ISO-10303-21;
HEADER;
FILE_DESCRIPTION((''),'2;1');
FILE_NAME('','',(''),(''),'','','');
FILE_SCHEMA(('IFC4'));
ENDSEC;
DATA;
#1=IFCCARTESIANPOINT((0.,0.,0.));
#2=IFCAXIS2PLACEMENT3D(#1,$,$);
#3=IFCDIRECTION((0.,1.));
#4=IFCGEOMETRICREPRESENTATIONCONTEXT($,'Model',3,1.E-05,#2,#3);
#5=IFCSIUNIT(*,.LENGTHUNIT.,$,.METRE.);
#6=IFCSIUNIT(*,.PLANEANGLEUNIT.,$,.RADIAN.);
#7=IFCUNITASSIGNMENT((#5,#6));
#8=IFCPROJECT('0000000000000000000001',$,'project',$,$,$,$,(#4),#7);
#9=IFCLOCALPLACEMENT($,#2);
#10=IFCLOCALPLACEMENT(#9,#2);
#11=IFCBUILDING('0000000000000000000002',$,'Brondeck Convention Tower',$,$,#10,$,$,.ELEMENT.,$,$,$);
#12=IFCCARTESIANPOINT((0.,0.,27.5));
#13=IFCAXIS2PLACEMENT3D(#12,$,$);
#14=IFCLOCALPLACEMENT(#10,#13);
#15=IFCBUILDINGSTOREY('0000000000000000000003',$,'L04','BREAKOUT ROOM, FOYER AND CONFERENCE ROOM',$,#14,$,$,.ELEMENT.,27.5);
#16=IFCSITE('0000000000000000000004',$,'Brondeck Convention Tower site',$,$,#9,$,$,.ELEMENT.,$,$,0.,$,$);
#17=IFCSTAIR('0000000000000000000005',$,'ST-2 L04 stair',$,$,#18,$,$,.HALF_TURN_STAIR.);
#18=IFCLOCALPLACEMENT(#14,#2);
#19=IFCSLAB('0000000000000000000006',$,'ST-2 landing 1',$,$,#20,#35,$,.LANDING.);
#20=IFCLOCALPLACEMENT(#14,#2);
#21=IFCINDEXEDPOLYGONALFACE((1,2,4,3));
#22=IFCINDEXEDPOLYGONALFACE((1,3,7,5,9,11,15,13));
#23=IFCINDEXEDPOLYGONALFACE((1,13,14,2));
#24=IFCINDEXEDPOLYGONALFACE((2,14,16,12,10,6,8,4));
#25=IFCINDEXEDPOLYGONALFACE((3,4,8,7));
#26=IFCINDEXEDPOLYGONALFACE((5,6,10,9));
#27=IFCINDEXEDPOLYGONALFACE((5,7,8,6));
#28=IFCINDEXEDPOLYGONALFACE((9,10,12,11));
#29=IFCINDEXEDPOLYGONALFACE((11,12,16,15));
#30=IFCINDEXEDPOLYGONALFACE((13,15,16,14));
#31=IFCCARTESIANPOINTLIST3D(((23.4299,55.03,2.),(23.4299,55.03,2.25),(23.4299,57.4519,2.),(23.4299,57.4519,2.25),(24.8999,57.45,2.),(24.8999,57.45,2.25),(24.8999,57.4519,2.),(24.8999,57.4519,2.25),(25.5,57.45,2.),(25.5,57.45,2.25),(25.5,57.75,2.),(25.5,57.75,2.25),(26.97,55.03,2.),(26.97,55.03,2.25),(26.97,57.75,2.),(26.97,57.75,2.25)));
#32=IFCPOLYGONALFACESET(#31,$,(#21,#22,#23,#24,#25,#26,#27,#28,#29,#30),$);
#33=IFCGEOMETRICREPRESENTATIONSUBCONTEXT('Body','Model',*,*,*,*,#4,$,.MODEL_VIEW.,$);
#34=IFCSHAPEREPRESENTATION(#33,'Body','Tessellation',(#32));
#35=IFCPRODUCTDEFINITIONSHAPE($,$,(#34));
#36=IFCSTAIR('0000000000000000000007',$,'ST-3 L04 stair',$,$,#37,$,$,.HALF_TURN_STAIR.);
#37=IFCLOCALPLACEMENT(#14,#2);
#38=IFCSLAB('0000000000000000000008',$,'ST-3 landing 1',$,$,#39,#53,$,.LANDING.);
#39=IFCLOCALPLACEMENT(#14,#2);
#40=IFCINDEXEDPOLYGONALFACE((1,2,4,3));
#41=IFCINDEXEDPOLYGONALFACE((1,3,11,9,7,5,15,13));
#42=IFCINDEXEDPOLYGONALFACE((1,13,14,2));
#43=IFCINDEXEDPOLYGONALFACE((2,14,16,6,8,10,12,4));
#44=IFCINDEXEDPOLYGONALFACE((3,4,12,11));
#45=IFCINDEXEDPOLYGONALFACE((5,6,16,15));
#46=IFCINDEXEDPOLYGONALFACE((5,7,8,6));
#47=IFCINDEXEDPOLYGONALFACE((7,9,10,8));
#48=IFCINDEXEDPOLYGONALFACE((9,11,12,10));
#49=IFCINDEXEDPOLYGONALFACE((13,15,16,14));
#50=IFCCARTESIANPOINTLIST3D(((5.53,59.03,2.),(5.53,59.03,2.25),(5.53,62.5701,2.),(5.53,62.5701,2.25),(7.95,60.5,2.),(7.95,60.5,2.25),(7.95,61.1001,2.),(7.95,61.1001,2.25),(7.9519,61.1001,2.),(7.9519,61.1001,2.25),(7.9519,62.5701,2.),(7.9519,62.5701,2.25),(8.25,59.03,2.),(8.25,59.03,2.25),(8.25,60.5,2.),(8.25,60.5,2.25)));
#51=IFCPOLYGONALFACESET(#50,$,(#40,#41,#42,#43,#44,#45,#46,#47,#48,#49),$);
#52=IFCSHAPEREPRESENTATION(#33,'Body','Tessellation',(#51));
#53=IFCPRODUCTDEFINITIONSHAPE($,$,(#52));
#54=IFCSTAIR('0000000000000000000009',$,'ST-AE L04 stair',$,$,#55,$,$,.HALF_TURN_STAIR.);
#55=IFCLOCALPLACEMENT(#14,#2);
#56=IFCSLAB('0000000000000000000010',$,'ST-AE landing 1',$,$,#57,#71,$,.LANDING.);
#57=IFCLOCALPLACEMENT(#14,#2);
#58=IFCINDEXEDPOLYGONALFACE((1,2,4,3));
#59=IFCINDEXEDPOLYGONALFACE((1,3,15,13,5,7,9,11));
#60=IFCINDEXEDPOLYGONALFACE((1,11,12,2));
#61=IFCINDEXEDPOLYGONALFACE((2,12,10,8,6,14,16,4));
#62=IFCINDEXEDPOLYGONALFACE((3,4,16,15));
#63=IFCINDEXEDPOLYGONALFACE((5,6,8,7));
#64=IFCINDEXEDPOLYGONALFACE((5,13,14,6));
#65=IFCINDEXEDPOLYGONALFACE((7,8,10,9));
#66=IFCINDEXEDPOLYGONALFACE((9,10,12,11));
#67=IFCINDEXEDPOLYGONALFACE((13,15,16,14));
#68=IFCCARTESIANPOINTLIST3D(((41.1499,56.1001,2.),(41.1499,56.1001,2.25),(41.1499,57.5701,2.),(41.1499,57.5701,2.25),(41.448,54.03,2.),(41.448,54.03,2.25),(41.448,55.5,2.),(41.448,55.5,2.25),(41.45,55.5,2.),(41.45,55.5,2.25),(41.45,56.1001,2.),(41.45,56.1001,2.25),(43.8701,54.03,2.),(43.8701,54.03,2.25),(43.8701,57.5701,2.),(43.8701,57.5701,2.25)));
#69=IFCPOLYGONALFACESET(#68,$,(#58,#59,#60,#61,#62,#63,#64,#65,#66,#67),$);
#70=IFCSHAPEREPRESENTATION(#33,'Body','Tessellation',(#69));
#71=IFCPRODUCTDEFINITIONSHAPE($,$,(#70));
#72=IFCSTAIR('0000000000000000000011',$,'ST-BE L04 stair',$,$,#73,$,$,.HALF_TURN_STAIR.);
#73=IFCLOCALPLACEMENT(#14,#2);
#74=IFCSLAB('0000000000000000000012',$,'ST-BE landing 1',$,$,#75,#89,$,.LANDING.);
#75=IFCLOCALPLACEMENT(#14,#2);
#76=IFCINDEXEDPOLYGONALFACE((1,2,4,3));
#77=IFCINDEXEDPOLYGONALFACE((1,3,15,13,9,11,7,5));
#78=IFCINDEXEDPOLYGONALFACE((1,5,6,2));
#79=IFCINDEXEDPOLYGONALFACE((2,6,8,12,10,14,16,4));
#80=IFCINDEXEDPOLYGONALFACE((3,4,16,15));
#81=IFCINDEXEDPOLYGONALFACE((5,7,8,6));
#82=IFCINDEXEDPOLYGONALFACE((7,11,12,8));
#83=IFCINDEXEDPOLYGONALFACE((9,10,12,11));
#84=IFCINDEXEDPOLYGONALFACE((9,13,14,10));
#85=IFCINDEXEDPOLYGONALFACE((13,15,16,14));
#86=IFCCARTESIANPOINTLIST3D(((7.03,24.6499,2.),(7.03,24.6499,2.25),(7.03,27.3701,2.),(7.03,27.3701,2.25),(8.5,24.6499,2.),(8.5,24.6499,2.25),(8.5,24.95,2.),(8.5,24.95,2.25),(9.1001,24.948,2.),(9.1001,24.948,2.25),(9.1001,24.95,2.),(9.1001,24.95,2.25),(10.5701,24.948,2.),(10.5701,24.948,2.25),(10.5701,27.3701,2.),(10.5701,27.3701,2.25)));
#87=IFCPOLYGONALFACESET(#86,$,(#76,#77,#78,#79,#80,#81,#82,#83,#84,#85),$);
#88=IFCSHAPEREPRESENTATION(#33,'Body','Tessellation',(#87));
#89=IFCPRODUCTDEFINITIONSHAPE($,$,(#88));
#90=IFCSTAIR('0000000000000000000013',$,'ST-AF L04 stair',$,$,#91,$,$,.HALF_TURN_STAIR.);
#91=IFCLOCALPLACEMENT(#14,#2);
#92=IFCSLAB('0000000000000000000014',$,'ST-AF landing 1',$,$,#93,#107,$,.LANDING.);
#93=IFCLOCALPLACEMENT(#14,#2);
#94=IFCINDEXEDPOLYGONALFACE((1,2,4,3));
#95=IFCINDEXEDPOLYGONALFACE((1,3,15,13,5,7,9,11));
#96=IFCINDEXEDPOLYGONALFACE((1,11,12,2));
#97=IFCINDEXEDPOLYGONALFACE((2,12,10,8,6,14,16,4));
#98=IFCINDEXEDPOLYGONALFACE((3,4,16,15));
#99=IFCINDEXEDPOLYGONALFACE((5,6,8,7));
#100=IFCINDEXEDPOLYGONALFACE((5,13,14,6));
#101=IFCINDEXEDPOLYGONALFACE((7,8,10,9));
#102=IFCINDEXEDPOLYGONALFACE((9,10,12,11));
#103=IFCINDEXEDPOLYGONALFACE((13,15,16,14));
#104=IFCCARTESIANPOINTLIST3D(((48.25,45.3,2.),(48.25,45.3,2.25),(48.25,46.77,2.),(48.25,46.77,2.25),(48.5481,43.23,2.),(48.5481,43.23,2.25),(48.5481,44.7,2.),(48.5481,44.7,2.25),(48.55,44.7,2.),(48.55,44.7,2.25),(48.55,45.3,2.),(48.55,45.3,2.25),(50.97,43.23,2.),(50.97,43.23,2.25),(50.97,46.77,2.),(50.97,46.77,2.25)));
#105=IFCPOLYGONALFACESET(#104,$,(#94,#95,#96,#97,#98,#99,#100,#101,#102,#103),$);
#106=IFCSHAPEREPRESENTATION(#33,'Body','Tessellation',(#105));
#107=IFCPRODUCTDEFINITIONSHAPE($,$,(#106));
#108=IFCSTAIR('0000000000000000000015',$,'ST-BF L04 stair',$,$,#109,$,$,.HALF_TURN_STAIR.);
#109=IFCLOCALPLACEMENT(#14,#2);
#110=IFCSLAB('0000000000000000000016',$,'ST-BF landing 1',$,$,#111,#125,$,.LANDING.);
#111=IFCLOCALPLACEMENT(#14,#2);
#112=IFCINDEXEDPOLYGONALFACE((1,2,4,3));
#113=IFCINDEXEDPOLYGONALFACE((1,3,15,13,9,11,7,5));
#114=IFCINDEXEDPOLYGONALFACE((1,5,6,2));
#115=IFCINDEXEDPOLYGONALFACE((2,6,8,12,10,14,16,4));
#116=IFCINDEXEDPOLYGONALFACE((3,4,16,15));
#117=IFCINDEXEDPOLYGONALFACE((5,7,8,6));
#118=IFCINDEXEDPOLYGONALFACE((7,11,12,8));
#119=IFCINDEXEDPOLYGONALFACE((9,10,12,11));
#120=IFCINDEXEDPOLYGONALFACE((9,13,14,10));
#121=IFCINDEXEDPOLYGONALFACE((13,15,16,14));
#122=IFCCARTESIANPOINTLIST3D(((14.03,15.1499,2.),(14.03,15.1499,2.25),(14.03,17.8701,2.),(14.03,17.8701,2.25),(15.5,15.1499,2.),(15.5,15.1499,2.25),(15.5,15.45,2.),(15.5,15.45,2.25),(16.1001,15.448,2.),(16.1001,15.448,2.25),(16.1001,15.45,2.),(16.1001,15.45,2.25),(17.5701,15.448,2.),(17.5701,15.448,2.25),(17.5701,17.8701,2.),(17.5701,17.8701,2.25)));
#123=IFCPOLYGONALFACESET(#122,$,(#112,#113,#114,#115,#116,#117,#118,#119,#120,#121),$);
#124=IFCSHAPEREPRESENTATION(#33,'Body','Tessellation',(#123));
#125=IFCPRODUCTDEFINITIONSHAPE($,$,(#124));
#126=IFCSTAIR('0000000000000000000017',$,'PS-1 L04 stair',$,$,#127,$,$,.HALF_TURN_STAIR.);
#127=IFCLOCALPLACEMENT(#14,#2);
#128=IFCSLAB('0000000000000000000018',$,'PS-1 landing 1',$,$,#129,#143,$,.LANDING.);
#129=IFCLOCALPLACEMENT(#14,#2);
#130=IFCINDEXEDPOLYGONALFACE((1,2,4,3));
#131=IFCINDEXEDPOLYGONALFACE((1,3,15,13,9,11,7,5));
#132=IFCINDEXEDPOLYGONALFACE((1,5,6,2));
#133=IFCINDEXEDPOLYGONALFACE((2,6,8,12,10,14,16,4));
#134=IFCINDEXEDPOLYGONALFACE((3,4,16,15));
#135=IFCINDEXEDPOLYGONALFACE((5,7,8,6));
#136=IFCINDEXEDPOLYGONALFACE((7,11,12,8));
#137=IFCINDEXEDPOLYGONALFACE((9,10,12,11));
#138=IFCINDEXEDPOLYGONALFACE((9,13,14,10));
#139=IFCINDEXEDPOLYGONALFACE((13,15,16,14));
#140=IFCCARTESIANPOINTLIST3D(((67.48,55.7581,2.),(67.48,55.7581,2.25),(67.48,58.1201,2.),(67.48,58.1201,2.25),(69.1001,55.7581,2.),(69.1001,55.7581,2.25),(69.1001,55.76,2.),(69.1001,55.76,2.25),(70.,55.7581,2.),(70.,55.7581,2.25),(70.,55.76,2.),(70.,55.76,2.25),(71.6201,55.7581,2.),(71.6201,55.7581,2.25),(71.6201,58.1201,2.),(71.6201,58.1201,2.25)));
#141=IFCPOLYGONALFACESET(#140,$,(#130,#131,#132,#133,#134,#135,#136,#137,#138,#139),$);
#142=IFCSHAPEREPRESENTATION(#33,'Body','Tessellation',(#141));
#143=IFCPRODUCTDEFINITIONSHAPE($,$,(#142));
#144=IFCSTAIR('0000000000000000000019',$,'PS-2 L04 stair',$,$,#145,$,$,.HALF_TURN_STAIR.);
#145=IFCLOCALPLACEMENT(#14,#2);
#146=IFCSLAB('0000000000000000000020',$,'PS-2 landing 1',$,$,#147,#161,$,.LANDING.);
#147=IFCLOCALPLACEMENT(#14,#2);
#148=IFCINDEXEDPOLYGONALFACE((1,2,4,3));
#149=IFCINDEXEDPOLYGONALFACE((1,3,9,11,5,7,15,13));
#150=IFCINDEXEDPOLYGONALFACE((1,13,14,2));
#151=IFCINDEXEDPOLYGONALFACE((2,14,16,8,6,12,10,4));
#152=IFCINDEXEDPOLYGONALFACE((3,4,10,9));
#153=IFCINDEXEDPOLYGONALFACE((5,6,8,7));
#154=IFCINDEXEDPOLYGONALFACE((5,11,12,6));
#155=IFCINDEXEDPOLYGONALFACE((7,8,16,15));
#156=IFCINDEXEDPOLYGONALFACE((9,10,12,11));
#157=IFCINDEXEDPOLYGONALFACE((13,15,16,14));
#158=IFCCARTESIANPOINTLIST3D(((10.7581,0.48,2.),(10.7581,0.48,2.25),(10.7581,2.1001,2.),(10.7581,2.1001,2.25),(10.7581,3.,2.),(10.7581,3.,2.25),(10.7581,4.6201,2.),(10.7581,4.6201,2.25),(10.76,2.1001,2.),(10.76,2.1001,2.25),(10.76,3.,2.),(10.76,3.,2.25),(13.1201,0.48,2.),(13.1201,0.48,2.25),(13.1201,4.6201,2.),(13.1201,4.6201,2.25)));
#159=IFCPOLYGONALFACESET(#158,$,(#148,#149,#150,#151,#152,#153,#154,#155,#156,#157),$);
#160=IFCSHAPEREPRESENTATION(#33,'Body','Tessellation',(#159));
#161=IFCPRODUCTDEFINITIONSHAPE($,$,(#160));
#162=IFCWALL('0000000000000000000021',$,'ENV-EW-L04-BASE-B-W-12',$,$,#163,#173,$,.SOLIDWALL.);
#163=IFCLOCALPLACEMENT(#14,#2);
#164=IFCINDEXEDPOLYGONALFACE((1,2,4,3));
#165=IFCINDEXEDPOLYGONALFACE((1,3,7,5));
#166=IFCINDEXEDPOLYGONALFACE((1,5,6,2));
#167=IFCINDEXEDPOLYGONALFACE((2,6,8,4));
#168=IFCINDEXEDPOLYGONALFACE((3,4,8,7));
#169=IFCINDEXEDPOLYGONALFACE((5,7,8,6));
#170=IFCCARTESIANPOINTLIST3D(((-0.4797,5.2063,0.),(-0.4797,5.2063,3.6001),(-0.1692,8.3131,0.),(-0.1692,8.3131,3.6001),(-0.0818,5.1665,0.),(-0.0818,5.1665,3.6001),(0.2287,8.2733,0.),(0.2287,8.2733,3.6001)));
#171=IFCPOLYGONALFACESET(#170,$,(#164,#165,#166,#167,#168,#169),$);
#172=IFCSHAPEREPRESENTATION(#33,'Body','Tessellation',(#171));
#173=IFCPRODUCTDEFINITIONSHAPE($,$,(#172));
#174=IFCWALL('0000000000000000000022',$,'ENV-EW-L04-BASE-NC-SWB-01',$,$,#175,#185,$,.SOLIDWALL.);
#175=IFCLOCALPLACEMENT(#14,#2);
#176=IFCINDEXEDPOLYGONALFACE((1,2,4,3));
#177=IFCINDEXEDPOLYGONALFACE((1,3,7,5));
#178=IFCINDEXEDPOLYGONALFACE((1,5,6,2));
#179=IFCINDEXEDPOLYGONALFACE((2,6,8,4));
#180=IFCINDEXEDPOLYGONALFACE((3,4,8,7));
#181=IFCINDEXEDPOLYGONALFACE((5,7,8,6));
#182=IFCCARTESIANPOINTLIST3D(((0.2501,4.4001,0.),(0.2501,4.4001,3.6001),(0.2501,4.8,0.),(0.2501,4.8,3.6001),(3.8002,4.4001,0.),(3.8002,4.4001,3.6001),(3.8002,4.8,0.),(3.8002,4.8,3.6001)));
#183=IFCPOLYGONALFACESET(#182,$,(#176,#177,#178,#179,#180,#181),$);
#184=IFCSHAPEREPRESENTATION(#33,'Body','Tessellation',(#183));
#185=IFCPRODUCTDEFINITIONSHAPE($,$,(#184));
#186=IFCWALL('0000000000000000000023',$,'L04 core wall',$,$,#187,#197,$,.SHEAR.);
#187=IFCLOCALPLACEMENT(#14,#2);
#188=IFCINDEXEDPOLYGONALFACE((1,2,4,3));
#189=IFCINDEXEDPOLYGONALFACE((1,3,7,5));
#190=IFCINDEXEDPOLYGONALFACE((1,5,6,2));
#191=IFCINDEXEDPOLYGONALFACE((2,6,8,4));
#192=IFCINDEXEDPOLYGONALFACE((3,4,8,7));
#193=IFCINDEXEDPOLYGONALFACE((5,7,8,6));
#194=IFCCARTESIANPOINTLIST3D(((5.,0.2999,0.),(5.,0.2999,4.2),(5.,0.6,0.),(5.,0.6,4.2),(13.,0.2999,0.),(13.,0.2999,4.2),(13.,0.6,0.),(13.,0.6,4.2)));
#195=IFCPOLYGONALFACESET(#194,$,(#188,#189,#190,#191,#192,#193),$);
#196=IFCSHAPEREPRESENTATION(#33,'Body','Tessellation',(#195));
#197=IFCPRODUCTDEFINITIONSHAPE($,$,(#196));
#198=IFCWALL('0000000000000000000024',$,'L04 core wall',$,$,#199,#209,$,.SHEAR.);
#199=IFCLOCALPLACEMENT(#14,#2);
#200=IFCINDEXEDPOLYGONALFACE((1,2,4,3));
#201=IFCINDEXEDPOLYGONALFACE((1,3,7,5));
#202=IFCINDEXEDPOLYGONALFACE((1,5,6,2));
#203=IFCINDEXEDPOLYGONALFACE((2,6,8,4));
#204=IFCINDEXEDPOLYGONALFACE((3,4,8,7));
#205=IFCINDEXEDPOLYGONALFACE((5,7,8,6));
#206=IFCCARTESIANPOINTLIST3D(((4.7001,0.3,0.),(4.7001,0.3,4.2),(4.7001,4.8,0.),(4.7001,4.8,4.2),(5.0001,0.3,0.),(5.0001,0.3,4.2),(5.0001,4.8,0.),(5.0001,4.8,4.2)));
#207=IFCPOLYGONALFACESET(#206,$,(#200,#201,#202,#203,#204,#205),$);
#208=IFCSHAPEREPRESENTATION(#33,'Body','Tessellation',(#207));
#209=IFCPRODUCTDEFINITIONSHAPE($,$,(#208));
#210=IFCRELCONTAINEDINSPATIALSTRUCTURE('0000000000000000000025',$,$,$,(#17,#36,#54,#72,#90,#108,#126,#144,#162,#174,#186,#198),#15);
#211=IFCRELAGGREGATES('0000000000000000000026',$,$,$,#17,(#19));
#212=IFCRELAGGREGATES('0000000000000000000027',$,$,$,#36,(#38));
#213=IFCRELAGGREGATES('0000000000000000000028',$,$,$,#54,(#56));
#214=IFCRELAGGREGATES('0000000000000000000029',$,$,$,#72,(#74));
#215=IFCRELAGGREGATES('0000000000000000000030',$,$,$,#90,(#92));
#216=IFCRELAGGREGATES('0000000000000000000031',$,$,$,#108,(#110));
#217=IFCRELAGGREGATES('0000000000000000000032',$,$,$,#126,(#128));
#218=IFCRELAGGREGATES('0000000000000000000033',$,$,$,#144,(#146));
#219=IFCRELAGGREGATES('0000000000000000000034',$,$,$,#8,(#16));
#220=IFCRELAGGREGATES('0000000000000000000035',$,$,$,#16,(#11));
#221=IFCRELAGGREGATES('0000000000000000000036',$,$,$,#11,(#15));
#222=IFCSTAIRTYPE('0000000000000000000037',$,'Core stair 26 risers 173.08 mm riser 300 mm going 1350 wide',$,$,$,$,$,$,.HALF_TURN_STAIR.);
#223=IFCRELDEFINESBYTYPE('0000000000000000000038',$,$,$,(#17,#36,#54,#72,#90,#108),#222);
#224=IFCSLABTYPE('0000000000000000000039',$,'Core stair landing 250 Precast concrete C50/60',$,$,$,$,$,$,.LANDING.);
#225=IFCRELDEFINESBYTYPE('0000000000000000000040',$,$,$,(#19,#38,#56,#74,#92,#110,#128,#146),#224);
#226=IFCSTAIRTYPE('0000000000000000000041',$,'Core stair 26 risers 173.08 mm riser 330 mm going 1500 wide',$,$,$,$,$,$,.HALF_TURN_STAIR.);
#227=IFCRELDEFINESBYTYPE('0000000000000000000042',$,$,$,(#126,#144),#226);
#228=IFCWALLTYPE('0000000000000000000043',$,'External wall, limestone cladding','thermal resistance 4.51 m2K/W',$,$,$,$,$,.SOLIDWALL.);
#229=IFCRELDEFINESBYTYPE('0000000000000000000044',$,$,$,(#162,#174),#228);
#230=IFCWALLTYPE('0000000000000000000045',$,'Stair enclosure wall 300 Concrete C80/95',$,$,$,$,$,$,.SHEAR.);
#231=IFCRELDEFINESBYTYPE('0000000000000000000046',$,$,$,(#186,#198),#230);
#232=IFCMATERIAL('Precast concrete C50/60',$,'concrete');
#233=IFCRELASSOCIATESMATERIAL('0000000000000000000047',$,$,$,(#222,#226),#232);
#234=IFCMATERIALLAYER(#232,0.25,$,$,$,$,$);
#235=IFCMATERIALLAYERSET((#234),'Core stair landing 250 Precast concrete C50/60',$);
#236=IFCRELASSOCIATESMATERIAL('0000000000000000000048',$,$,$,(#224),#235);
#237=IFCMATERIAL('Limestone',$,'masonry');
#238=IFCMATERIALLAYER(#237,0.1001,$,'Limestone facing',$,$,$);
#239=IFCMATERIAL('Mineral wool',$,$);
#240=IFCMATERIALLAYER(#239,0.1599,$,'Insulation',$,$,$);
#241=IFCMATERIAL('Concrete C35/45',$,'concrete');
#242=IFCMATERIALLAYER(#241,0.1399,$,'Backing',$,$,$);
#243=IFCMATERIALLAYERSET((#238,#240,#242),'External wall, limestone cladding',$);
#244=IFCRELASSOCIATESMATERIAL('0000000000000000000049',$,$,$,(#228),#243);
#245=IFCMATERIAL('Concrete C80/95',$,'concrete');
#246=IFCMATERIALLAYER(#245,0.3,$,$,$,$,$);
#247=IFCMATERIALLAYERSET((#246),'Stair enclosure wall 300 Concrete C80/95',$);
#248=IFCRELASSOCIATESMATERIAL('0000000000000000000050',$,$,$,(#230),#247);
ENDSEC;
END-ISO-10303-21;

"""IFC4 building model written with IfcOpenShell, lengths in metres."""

from ifc_helpers import new_model, si_unit, direction, frame, frame_2d, origin, place, context, subcontext, project, spatial, polyline, rectangle, outline, extrude, material, layer, layer_set, type_object, element, aggregate, save


model = new_model("IFC4")

# Units and contexts
model_context = context("Model", 3, precision=1e-05, world=origin(), true_north=direction((0.0, 1.0)))
body_context = subcontext(model_context, "Body", "Model", "MODEL_VIEW")
ifc_project = project(units=[si_unit("LENGTHUNIT", "METRE"), si_unit("PLANEANGLEUNIT", "RADIAN")], contexts=[model_context])

# Site, building, storey
site_placement = place(None, origin())
site = spatial("IfcSite", under=ifc_project, at=site_placement, Name="Brondeck Convention Tower site", CompositionType="ELEMENT", RefElevation=0.0)
building_placement = place(site_placement, origin())
building = spatial("IfcBuilding", under=site, at=building_placement, Name="Brondeck Convention Tower", CompositionType="ELEMENT")
storey_placement = place(building_placement, frame((0.0, 0.0, 27.5)))
storey = spatial("IfcBuildingStorey", under=building, at=storey_placement, Name="L04", Description="BREAKOUT ROOM, FOYER AND CONFERENCE ROOM", CompositionType="ELEMENT", Elevation=27.5)

# Shared definitions
ifc_material_1 = material(Name="Concrete C80/95", Category="concrete")

# Shared definitions
ifc_material_2 = material(Name="Concrete C35/45", Category="concrete")

# Stairs, slabs
ifc_material_3 = material(Name="Precast concrete C50/60", Category="concrete")
stair_type_1 = type_object("IfcStairType", Name="Core stair 26 risers 173.08 mm riser 300 mm going 1350 wide", PredefinedType="HALF_TURN_STAIR", material=ifc_material_3)
ifc_layer_1 = layer(ifc_material_3, 0.25)
ifc_layer_set_1 = layer_set([ifc_layer_1], Name="Core stair landing 250 Precast concrete C50/60")
slab_type_1 = type_object("IfcSlabType", Name="Core stair landing 250 Precast concrete C50/60", PredefinedType="LANDING", material=ifc_layer_set_1)
stair_1_placement = place(storey_placement, origin())
stair_1 = element("IfcStair", 1, at=stair_1_placement, inside=storey, type_object=stair_type_1, Name="ST-2 L04 stair", PredefinedType="HALF_TURN_STAIR")
slab_1_placement = place(storey_placement, frame((0.0, 0.0, 2.0)))
slab_1 = element("IfcSlab", 2, at=slab_1_placement, type_object=slab_type_1, Name="ST-2 landing 1", PredefinedType="LANDING", context=body_context, shape_type="SweptSolid", body=[
    extrude(outline(polyline([(23.4299, 57.4519), (24.8999, 57.4519), (24.8999, 57.45), (25.5, 57.45), (25.5, 57.75), (26.97, 57.75), (26.97, 55.03), (23.4299, 55.03), (23.4299, 57.4519)])), origin(), (0.0, 0.0, 1.0), 0.25),
])
aggregate(stair_1, [slab_1])
stair_2_placement = place(storey_placement, origin())
stair_2 = element("IfcStair", 3, at=stair_2_placement, inside=storey, type_object=stair_type_1, Name="ST-3 L04 stair", PredefinedType="HALF_TURN_STAIR")
slab_2_placement = place(storey_placement, frame((0.0, 0.0, 2.0)))
slab_2 = element("IfcSlab", 4, at=slab_2_placement, type_object=slab_type_1, Name="ST-3 landing 1", PredefinedType="LANDING", context=body_context, shape_type="SweptSolid", body=[
    extrude(outline(polyline([(8.25, 60.5), (8.25, 59.03), (5.53, 59.03), (5.53, 62.5701), (7.9519, 62.5701), (7.9519, 61.1001), (7.95, 61.1001), (7.95, 60.5), (8.25, 60.5)])), origin(), (0.0, 0.0, 1.0), 0.25),
])
aggregate(stair_2, [slab_2])
stair_3_placement = place(storey_placement, origin())
stair_3 = element("IfcStair", 5, at=stair_3_placement, inside=storey, type_object=stair_type_1, Name="ST-AE L04 stair", PredefinedType="HALF_TURN_STAIR")
slab_3_placement = place(storey_placement, frame((0.0, 0.0, 2.0)))
slab_3 = element("IfcSlab", 6, at=slab_3_placement, type_object=slab_type_1, Name="ST-AE landing 1", PredefinedType="LANDING", context=body_context, shape_type="SweptSolid", body=[
    extrude(outline(polyline([(41.448, 55.5), (41.45, 55.5), (41.45, 56.1001), (41.1499, 56.1001), (41.1499, 57.5701), (43.8701, 57.5701), (43.8701, 54.03), (41.448, 54.03), (41.448, 55.5)])), origin(), (0.0, 0.0, 1.0), 0.25),
])
aggregate(stair_3, [slab_3])
stair_4_placement = place(storey_placement, origin())
stair_4 = element("IfcStair", 7, at=stair_4_placement, inside=storey, type_object=stair_type_1, Name="ST-BE L04 stair", PredefinedType="HALF_TURN_STAIR")
slab_4_placement = place(storey_placement, frame((0.0, 0.0, 2.0)))
slab_4 = element("IfcSlab", 8, at=slab_4_placement, type_object=slab_type_1, Name="ST-BE landing 1", PredefinedType="LANDING", context=body_context, shape_type="SweptSolid", body=[
    extrude(outline(polyline([(7.03, 24.6499), (7.03, 27.3701), (10.5701, 27.3701), (10.5701, 24.948), (9.1001, 24.948), (9.1001, 24.95), (8.5, 24.95), (8.5, 24.6499), (7.03, 24.6499)])), origin(), (0.0, 0.0, 1.0), 0.25),
])
aggregate(stair_4, [slab_4])
stair_5_placement = place(storey_placement, origin())
stair_5 = element("IfcStair", 9, at=stair_5_placement, inside=storey, type_object=stair_type_1, Name="ST-AF L04 stair", PredefinedType="HALF_TURN_STAIR")
slab_5_placement = place(storey_placement, frame((0.0, 0.0, 2.0)))
slab_5 = element("IfcSlab", 10, at=slab_5_placement, type_object=slab_type_1, Name="ST-AF landing 1", PredefinedType="LANDING", context=body_context, shape_type="SweptSolid", body=[
    extrude(outline(polyline([(48.5481, 44.7), (48.55, 44.7), (48.55, 45.3), (48.25, 45.3), (48.25, 46.77), (50.97, 46.77), (50.97, 43.23), (48.5481, 43.23), (48.5481, 44.7)])), origin(), (0.0, 0.0, 1.0), 0.25),
])
aggregate(stair_5, [slab_5])
stair_6_placement = place(storey_placement, origin())
stair_6 = element("IfcStair", 11, at=stair_6_placement, inside=storey, type_object=stair_type_1, Name="ST-BF L04 stair", PredefinedType="HALF_TURN_STAIR")
slab_6_placement = place(storey_placement, frame((0.0, 0.0, 2.0)))
slab_6 = element("IfcSlab", 12, at=slab_6_placement, type_object=slab_type_1, Name="ST-BF landing 1", PredefinedType="LANDING", context=body_context, shape_type="SweptSolid", body=[
    extrude(outline(polyline([(14.03, 15.1499), (14.03, 17.8701), (17.5701, 17.8701), (17.5701, 15.448), (16.1001, 15.448), (16.1001, 15.45), (15.5, 15.45), (15.5, 15.1499), (14.03, 15.1499)])), origin(), (0.0, 0.0, 1.0), 0.25),
])
aggregate(stair_6, [slab_6])
stair_type_2 = type_object("IfcStairType", Name="Core stair 26 risers 173.08 mm riser 330 mm going 1500 wide", PredefinedType="HALF_TURN_STAIR", material=ifc_material_3)
stair_7_placement = place(storey_placement, origin())
stair_7 = element("IfcStair", 13, at=stair_7_placement, inside=storey, type_object=stair_type_2, Name="PS-1 L04 stair", PredefinedType="HALF_TURN_STAIR")
slab_7_placement = place(storey_placement, frame((0.0, 0.0, 2.0)))
slab_7 = element("IfcSlab", 14, at=slab_7_placement, type_object=slab_type_1, Name="PS-1 landing 1", PredefinedType="LANDING", context=body_context, shape_type="SweptSolid", body=[
    extrude(outline(polyline([(69.1001, 55.7581), (67.48, 55.7581), (67.48, 58.1201), (71.6201, 58.1201), (71.6201, 55.7581), (70.0, 55.7581), (70.0, 55.76), (69.1001, 55.76), (69.1001, 55.7581)])), origin(), (0.0, 0.0, 1.0), 0.25),
])
aggregate(stair_7, [slab_7])
stair_8_placement = place(storey_placement, origin())
stair_8 = element("IfcStair", 15, at=stair_8_placement, inside=storey, type_object=stair_type_2, Name="PS-2 L04 stair", PredefinedType="HALF_TURN_STAIR")
slab_8_placement = place(storey_placement, frame((0.0, 0.0, 2.0)))
slab_8 = element("IfcSlab", 16, at=slab_8_placement, type_object=slab_type_1, Name="PS-2 landing 1", PredefinedType="LANDING", context=body_context, shape_type="SweptSolid", body=[
    extrude(outline(polyline([(10.7581, 0.48), (10.7581, 2.1001), (10.76, 2.1001), (10.76, 3.0), (10.7581, 3.0), (10.7581, 4.6201), (13.1201, 4.6201), (13.1201, 0.48), (10.7581, 0.48)])), origin(), (0.0, 0.0, 1.0), 0.25),
])
aggregate(stair_8, [slab_8])

# Walls
ifc_material_4 = material(Name="Limestone", Category="masonry")
ifc_layer_2 = layer(ifc_material_4, 0.1001, Name="Limestone facing")
ifc_material_5 = material(Name="Mineral wool")
ifc_layer_3 = layer(ifc_material_5, 0.1599, Name="Insulation")
ifc_layer_4 = layer(ifc_material_2, 0.1399, Name="Backing")
ifc_layer_set_2 = layer_set([ifc_layer_2, ifc_layer_3, ifc_layer_4], Name="External wall, limestone cladding")
wall_type_1 = type_object("IfcWallType", Name="External wall, limestone cladding", Description="thermal resistance 4.51 m2K/W", PredefinedType="SOLIDWALL", material=ifc_layer_set_2)
wall_1_placement = place(storey_placement, frame((-0.2808, 5.1865, 0.0), z_axis=(0.0, 0.0, 1.0), x_axis=(0.099457, 0.995042, 0.0)))
element("IfcWall", 17, at=wall_1_placement, inside=storey, type_object=wall_type_1, Name="ENV-EW-L04-BASE-B-W-12", PredefinedType="SOLIDWALL", context=body_context, shape_type="SweptSolid", body=[
    extrude(rectangle(XDim=3.1223, YDim=0.3999, at=frame_2d((1.561, 0.0))), origin(), (0.0, 0.0, 1.0), 3.6001),
])
wall_2_placement = place(storey_placement, frame((3.8, 4.6001, 0.0), z_axis=(0.0, 0.0, 1.0), x_axis=(-1.0, 0.0, 0.0)))
element("IfcWall", 18, at=wall_2_placement, inside=storey, type_object=wall_type_1, Name="ENV-EW-L04-BASE-NC-SWB-01", PredefinedType="SOLIDWALL", context=body_context, shape_type="SweptSolid", body=[
    extrude(rectangle(XDim=3.55, YDim=0.3999, at=frame_2d((1.7749, 0.0))), origin(), (0.0, 0.0, 1.0), 3.6001),
])
ifc_layer_5 = layer(ifc_material_1, 0.3)
ifc_layer_set_3 = layer_set([ifc_layer_5], Name="Stair enclosure wall 300 Concrete C80/95")
wall_type_2 = type_object("IfcWallType", Name="Stair enclosure wall 300 Concrete C80/95", PredefinedType="SHEAR", material=ifc_layer_set_3)
wall_3_placement = place(storey_placement, frame((5.0, 0.45, 0.0), z_axis=(0.0, 0.0, 1.0), x_axis=(1.0, 0.0, 0.0)))
element("IfcWall", 19, at=wall_3_placement, inside=storey, type_object=wall_type_2, Name="L04 core wall", PredefinedType="SHEAR", context=body_context, shape_type="SweptSolid", body=[
    extrude(rectangle(XDim=8.0, YDim=0.3, at=frame_2d((4.0, 0.0))), origin(), (0.0, 0.0, 1.0), 4.2),
])
wall_4_placement = place(storey_placement, frame((4.8501, 0.3, 0.0), z_axis=(0.0, 0.0, 1.0), x_axis=(0.0, 1.0, 0.0)))
element("IfcWall", 20, at=wall_4_placement, inside=storey, type_object=wall_type_2, Name="L04 core wall", PredefinedType="SHEAR", context=body_context, shape_type="SweptSolid", body=[
    extrude(rectangle(XDim=4.5, YDim=0.3, at=frame_2d((2.25, 0.0))), origin(), (0.0, 0.0, 1.0), 4.2),
])

save(model, "model.ifc")
